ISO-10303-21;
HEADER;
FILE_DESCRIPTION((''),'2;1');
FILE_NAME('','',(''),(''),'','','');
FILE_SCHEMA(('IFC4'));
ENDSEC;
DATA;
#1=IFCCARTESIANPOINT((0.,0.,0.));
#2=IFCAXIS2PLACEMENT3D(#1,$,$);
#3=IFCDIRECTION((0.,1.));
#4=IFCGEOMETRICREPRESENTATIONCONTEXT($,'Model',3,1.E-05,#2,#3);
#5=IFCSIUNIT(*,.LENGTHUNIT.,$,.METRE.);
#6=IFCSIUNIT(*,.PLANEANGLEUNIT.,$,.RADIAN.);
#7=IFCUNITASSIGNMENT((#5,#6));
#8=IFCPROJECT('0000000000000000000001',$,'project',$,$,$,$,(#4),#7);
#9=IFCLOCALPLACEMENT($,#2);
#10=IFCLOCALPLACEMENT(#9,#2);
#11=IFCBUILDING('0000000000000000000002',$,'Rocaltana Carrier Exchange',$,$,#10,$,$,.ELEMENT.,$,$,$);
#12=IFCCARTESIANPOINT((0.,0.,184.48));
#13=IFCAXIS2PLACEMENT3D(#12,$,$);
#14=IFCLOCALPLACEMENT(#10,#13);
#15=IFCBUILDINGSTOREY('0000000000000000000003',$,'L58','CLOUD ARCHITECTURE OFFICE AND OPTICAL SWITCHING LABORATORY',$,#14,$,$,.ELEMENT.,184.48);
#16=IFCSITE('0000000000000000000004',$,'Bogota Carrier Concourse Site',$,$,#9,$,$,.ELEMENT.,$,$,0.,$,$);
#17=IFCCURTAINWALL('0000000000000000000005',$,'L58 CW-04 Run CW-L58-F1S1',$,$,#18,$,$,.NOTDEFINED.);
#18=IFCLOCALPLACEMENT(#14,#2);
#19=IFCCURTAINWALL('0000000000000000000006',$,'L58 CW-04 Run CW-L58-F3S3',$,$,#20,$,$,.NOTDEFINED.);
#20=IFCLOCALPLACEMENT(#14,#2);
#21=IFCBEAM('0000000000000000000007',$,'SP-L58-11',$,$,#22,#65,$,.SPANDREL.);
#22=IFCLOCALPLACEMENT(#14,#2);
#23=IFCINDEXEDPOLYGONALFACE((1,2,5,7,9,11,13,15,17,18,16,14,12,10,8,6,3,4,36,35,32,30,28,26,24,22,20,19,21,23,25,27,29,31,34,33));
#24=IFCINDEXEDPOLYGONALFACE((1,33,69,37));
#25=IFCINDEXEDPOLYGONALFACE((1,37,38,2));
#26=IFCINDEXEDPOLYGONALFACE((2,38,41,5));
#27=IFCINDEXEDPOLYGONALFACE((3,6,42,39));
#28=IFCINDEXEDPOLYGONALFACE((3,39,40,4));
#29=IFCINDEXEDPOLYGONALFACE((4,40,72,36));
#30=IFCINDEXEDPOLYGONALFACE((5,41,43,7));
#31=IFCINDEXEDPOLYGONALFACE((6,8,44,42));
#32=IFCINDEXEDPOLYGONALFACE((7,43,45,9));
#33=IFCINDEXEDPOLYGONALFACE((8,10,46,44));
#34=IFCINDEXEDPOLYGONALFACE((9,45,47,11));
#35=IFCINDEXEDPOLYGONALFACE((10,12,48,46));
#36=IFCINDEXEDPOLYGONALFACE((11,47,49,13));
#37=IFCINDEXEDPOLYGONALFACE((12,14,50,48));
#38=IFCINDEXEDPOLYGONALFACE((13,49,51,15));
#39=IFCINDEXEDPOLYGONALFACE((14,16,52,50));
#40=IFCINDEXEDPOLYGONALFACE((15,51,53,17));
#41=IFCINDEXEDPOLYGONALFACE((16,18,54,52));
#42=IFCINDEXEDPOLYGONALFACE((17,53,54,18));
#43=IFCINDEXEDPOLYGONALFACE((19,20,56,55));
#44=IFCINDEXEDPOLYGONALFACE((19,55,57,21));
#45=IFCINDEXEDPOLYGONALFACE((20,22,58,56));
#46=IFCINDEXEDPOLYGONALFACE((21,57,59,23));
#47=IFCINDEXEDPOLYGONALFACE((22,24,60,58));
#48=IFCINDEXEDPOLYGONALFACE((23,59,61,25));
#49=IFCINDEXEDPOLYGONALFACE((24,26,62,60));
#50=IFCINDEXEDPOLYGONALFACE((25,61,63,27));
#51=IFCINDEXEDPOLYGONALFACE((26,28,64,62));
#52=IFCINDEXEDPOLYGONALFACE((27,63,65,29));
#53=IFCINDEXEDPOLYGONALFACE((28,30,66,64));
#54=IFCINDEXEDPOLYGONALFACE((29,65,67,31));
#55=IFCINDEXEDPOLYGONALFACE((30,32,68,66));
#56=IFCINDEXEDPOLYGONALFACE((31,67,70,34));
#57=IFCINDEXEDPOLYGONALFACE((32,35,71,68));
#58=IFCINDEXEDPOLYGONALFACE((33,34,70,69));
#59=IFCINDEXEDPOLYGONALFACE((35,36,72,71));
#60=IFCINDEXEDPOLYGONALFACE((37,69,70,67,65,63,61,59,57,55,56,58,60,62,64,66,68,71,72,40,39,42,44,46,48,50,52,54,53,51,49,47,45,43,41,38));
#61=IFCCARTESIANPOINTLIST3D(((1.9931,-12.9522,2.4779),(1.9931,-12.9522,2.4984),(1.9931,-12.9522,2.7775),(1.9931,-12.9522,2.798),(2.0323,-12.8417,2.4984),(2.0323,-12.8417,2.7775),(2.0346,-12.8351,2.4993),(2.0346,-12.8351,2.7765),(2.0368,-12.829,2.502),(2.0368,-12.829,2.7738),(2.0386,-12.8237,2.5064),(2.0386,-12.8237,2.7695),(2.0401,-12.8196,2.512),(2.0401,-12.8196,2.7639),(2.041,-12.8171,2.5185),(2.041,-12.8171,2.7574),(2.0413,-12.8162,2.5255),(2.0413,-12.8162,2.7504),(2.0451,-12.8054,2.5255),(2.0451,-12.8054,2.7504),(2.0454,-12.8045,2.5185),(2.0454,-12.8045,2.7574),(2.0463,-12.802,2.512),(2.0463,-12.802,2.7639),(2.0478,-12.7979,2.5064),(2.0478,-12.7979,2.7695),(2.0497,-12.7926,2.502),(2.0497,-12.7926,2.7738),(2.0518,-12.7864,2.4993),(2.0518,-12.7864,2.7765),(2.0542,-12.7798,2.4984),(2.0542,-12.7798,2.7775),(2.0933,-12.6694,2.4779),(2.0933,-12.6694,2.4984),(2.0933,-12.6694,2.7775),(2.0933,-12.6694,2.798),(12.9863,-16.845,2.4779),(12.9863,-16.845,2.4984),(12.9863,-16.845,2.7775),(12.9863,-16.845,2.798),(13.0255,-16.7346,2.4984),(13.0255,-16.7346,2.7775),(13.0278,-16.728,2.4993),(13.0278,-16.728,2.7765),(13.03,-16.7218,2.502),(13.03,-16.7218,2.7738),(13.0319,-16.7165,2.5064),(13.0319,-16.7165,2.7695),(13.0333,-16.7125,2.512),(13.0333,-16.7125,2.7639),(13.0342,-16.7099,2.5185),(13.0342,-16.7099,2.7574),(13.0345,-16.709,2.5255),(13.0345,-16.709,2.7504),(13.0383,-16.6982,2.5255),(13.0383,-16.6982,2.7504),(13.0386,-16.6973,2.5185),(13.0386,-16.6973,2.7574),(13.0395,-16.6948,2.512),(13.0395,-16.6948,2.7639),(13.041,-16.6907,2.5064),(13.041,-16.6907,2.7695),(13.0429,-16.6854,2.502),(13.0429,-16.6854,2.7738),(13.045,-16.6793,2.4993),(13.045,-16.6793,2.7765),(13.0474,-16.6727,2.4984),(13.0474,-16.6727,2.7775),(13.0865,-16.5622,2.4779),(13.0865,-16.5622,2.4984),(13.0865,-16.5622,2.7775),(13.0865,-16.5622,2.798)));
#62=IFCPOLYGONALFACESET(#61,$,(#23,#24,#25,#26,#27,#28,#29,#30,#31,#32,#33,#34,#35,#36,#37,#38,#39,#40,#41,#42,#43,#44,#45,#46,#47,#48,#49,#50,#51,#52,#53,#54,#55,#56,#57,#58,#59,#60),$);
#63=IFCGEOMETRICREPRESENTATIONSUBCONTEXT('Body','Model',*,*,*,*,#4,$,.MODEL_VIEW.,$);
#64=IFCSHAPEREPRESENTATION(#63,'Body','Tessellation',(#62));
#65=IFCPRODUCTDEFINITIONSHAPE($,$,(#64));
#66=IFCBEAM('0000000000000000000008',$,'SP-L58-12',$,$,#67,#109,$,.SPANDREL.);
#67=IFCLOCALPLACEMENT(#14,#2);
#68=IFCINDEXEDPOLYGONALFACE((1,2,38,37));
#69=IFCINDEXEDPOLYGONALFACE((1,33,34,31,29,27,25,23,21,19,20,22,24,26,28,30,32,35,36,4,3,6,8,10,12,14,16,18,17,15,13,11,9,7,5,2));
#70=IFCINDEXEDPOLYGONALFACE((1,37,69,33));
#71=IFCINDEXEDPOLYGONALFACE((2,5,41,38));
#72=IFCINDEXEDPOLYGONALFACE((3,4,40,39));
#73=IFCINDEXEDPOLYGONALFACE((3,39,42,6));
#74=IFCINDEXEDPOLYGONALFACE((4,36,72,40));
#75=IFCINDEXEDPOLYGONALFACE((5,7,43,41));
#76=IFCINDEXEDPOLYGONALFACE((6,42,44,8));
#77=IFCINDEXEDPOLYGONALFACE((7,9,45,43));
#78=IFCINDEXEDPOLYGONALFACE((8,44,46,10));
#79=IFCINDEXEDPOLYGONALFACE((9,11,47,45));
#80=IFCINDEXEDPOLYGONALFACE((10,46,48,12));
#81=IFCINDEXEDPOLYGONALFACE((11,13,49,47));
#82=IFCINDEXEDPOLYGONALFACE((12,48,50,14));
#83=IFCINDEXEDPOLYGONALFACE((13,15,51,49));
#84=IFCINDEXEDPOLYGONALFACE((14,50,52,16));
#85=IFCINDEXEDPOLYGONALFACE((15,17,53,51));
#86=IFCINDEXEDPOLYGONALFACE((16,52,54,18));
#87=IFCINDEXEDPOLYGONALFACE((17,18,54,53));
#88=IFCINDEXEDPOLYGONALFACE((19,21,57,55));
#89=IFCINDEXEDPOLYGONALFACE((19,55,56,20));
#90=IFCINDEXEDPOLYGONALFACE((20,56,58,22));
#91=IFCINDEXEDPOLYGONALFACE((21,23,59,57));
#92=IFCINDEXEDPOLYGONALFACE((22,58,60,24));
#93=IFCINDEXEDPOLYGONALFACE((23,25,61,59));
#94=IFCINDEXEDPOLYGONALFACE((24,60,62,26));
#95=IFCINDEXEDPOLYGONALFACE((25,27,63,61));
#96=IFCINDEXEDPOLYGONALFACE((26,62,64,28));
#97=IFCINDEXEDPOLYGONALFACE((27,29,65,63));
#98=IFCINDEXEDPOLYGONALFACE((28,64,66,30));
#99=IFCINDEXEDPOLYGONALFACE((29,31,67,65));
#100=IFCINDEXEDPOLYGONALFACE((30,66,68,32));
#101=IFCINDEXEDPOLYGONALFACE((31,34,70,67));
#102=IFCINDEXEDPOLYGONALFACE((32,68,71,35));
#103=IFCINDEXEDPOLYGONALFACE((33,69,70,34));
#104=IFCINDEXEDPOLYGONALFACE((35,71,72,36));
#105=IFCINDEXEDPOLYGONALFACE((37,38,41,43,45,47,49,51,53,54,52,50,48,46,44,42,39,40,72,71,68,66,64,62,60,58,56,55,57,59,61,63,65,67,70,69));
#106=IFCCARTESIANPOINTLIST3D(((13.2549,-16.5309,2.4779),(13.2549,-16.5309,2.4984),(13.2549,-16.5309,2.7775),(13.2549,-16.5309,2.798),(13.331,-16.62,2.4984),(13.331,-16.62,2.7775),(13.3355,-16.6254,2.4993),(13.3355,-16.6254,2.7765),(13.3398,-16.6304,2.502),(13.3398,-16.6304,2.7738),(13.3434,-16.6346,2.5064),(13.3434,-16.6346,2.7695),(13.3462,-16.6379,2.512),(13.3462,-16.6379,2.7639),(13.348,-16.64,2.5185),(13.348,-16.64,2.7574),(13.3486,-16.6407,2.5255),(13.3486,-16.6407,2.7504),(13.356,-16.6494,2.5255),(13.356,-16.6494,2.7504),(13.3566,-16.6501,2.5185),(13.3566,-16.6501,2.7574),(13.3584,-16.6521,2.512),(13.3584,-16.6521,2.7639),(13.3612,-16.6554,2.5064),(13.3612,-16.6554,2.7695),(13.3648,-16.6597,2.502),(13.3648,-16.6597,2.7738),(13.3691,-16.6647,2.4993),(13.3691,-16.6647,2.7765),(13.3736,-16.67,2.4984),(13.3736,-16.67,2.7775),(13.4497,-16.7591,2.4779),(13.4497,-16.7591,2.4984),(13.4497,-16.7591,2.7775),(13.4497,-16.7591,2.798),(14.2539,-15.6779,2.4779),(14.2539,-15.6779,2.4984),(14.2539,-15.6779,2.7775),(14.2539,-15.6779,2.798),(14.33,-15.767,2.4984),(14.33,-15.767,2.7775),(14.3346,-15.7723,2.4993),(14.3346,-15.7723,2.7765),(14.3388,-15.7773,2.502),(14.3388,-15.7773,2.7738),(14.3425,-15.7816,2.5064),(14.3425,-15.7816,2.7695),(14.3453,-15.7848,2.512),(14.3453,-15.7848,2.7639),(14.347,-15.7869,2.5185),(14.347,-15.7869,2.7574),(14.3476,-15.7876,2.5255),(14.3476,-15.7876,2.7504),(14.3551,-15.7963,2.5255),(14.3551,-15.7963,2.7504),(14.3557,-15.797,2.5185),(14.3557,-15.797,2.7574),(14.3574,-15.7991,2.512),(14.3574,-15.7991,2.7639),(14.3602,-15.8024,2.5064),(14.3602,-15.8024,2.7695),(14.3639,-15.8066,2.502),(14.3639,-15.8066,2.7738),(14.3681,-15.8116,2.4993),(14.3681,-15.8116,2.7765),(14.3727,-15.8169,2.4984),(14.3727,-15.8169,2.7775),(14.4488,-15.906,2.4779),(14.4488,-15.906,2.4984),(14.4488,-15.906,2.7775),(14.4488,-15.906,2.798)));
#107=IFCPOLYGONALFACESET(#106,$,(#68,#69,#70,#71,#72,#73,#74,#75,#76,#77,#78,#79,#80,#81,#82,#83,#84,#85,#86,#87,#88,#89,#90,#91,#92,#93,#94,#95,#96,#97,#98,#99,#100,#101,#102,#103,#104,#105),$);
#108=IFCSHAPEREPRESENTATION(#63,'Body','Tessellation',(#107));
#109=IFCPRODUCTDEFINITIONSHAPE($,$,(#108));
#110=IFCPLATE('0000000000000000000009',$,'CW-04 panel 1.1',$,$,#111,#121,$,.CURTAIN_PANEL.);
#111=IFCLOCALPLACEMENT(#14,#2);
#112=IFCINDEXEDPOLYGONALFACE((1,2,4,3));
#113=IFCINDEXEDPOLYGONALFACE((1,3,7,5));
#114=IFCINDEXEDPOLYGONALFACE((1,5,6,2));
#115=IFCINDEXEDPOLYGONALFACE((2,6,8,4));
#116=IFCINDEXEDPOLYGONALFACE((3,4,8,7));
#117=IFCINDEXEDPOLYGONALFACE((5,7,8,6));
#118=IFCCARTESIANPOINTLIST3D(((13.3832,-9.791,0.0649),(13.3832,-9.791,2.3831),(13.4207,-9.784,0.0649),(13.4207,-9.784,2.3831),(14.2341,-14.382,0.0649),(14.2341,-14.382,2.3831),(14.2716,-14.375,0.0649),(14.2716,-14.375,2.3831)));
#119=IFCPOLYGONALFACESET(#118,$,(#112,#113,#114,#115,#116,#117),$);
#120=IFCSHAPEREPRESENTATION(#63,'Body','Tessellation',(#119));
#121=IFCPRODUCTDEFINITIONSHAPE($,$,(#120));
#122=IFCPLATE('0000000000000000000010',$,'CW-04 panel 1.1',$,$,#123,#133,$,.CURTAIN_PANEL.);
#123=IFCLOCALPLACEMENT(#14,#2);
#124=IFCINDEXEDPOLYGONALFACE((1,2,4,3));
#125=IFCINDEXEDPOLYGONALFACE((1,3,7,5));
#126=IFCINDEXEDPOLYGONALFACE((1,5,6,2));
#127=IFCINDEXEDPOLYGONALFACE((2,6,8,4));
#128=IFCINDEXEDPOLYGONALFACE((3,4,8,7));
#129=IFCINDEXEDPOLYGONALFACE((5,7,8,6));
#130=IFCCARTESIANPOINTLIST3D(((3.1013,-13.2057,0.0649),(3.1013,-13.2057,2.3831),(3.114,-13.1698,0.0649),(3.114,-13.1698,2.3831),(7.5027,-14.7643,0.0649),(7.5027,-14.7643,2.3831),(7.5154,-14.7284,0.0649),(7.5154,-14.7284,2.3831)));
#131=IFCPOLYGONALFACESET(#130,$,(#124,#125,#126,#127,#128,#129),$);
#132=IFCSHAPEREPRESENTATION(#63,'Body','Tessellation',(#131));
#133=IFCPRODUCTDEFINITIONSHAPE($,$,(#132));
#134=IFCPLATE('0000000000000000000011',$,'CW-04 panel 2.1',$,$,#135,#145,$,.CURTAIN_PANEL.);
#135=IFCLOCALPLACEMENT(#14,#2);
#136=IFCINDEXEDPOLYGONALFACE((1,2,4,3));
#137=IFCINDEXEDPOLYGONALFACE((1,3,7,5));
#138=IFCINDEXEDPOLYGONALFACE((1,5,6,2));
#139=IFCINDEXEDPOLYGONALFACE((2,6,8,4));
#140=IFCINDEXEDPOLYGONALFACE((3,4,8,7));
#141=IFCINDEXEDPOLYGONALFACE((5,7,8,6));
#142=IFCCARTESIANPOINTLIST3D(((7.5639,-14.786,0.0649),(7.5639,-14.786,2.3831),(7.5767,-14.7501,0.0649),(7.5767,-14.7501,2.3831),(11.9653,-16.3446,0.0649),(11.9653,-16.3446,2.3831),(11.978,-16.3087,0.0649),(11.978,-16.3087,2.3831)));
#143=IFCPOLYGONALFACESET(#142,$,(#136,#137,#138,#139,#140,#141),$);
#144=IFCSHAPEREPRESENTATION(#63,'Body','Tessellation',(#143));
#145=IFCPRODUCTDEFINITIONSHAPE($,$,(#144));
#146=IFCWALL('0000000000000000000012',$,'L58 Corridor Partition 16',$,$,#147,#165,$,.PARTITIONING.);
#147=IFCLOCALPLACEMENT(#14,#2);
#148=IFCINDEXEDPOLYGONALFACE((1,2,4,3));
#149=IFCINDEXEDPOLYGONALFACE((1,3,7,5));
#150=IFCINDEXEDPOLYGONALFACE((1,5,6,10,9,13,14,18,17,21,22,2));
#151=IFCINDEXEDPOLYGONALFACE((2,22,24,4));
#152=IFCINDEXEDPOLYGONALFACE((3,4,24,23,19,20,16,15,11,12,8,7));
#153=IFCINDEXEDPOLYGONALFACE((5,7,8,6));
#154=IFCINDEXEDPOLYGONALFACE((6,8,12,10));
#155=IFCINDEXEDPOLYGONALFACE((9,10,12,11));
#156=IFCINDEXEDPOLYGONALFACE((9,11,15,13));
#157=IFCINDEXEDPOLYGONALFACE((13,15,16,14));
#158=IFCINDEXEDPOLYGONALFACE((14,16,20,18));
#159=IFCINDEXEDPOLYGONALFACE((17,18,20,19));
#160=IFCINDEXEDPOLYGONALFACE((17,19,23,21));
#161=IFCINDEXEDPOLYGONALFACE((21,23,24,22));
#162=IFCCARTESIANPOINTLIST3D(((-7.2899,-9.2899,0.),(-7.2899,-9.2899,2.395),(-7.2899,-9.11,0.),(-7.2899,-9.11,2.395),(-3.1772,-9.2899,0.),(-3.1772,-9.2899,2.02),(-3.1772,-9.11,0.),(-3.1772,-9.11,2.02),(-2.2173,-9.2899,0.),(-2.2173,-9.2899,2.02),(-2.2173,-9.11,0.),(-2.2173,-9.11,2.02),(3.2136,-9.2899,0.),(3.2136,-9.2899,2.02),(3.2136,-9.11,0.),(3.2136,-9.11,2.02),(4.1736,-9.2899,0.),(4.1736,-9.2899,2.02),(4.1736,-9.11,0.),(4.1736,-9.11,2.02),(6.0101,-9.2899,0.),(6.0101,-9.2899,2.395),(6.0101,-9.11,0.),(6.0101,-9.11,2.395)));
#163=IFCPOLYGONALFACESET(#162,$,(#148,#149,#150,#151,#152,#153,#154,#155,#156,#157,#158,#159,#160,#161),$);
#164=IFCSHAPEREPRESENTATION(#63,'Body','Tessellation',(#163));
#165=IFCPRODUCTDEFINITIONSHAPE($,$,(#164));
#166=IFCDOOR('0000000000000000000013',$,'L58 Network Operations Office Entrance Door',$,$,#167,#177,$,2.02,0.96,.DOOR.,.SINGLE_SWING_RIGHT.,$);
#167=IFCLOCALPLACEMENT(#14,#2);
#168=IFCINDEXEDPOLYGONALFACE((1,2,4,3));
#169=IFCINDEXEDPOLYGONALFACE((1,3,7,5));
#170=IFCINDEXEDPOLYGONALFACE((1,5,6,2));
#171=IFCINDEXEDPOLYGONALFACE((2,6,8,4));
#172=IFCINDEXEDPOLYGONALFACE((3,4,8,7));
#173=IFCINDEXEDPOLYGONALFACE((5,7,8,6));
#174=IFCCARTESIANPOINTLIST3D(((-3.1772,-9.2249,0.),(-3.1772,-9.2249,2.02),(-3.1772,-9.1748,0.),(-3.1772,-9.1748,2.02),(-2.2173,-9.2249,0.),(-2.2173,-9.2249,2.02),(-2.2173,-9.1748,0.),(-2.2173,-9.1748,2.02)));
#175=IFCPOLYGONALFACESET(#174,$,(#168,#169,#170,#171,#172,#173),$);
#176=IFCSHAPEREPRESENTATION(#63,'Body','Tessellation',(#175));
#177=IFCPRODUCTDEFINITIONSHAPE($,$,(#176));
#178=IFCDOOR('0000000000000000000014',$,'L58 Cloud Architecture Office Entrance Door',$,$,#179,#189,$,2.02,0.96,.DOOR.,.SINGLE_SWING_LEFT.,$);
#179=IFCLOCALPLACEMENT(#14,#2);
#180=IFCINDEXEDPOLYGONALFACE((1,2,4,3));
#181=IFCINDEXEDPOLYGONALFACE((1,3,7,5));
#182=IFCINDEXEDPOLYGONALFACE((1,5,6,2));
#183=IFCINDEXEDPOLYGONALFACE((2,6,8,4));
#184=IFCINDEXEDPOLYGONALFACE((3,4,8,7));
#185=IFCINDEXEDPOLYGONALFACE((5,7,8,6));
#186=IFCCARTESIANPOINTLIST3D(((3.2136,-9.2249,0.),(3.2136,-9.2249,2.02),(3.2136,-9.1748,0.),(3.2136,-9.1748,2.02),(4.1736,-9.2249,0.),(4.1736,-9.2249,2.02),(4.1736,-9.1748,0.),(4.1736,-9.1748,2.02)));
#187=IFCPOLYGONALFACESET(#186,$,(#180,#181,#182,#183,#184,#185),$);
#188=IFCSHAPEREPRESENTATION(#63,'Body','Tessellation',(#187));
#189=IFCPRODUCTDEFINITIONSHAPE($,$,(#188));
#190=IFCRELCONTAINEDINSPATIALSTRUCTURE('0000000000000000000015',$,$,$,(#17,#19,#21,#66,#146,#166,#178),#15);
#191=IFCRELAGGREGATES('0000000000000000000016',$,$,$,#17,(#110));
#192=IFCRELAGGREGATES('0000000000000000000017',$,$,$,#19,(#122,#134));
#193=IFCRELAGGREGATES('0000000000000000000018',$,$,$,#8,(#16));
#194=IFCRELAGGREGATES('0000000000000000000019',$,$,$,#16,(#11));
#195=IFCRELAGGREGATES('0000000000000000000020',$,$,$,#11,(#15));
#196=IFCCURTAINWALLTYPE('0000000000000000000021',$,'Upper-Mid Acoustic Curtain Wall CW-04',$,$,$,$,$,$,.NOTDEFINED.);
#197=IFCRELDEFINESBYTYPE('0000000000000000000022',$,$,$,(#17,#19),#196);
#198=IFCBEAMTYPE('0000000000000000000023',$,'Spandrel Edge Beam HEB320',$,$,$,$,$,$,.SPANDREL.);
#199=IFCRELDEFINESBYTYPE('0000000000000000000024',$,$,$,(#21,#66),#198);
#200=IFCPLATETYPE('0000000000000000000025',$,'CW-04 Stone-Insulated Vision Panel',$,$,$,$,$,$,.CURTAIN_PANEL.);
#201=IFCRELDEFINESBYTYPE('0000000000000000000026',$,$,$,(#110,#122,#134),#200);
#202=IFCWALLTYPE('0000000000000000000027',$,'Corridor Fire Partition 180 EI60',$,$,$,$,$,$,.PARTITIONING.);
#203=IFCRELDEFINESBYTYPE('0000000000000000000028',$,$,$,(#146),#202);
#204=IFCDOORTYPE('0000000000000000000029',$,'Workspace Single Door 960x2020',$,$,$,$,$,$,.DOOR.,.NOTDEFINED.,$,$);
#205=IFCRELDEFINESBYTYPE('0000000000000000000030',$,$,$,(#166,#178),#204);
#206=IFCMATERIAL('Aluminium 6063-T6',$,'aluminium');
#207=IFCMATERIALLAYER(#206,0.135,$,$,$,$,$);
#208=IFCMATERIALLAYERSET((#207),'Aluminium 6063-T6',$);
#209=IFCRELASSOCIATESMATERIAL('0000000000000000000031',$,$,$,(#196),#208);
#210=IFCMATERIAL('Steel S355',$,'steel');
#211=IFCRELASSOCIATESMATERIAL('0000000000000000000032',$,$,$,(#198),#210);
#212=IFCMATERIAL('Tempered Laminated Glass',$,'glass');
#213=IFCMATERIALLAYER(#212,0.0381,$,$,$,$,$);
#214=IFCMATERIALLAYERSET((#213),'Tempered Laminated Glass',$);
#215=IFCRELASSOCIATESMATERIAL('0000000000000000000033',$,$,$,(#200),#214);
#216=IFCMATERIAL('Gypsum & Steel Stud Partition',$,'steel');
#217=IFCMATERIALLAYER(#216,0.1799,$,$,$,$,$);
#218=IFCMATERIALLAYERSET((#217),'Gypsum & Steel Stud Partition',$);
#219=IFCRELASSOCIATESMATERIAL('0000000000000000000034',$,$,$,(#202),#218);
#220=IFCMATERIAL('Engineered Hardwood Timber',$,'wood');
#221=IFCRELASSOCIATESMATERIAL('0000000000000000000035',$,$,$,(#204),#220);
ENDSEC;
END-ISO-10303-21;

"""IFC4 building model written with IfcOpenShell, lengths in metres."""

from ifc_helpers import new_model, si_unit, direction, frame, frame_2d, origin, origin_2d, place, context, subcontext, project, spatial, rectangle, i_section, extrude, material, layer, layer_set, material_profile, profile_set, type_object, element, fill, aggregate, save


model = new_model("IFC4")

# Units and contexts
model_context = context("Model", 3, precision=1e-05, world=origin(), true_north=direction((0.0, 1.0)))
body_context = subcontext(model_context, "Body", "Model", "MODEL_VIEW")
ifc_project = project(units=[si_unit("LENGTHUNIT", "METRE"), si_unit("PLANEANGLEUNIT", "RADIAN")], contexts=[model_context])

# Site, building, storey
site_placement = place(None, origin())
site = spatial("IfcSite", under=ifc_project, at=site_placement, Name="Bogota Carrier Concourse Site", CompositionType="ELEMENT", RefElevation=0.0)
building_placement = place(site_placement, origin())
building = spatial("IfcBuilding", under=site, at=building_placement, Name="Rocaltana Carrier Exchange", CompositionType="ELEMENT")
storey_placement = place(building_placement, frame((0.0, 0.0, 184.48)))
storey = spatial("IfcBuildingStorey", under=building, at=storey_placement, Name="L58", Description="CLOUD ARCHITECTURE OFFICE AND OPTICAL SWITCHING LABORATORY", CompositionType="ELEMENT", Elevation=184.48)

# Curtain wall
ifc_material_1 = material(Name="Aluminium 6063-T6", Category="aluminium")
ifc_layer_1 = layer(ifc_material_1, 0.135)
ifc_layer_set_1 = layer_set([ifc_layer_1], Name="Aluminium 6063-T6")
curtain_wall_type = type_object("IfcCurtainWallType", Name="Upper-Mid Acoustic Curtain Wall CW-04", PredefinedType="NOTDEFINED", material=ifc_layer_set_1)
curtain_wall_1_placement = place(storey_placement, origin())
curtain_wall_1 = element("IfcCurtainWall", 1, at=curtain_wall_1_placement, inside=storey, type_object=curtain_wall_type, Name="L58 CW-04 Run CW-L58-F1S1", PredefinedType="NOTDEFINED")

# Curtain wall
curtain_wall_2_placement = place(storey_placement, origin())
curtain_wall_2 = element("IfcCurtainWall", 2, at=curtain_wall_2_placement, inside=storey, type_object=curtain_wall_type, Name="L58 CW-04 Run CW-L58-F3S3", PredefinedType="NOTDEFINED")

# Beams
ifc_material_2 = material(Name="Steel S355", Category="steel")
ifc_material_profile_1 = material_profile(ifc_material_2, i_section(OverallWidth=0.3, OverallDepth=0.3201, WebThickness=0.0115, FlangeThickness=0.0205, FilletRadius=0.0271, at=origin_2d()), Name="HEB320")
ifc_profile_set_1 = profile_set([ifc_material_profile_1], Name="Steel S355")
beam_type_1 = type_object("IfcBeamType", Name="Spandrel Edge Beam HEB320", PredefinedType="SPANDREL", material=ifc_profile_set_1)
beam_1_placement = place(storey_placement, frame((2.0432, -12.8108, 2.6379), z_axis=(0.942643, -0.333802, 0.0), x_axis=(0.333802, 0.942643, 0.0)))
element("IfcBeam", 3, at=beam_1_placement, inside=storey, type_object=beam_type_1, Name="SP-L58-11", PredefinedType="SPANDREL", context=body_context, shape_type="SweptSolid", body=[
    extrude(i_section(OverallWidth=0.3, OverallDepth=0.3201, WebThickness=0.0115, FlangeThickness=0.0205, FilletRadius=0.0271, at=origin_2d()), origin(), (0.0, 0.0, 1.0), 11.6621),
])
beam_2_placement = place(storey_placement, frame((13.3523, -16.645, 2.6379), z_axis=(0.760488, 0.649352, 0.0), x_axis=(-0.649352, 0.760488, 0.0)))
element("IfcBeam", 4, at=beam_2_placement, inside=storey, type_object=beam_type_1, Name="SP-L58-12", PredefinedType="SPANDREL", context=body_context, shape_type="SweptSolid", body=[
    extrude(i_section(OverallWidth=0.3, OverallDepth=0.3201, WebThickness=0.0115, FlangeThickness=0.0205, FilletRadius=0.0271, at=origin_2d()), origin(), (0.0, 0.0, 1.0), 1.3137),
])

# Plates
ifc_material_3 = material(Name="Tempered Laminated Glass", Category="glass")
ifc_layer_2 = layer(ifc_material_3, 0.0381)
ifc_layer_set_2 = layer_set([ifc_layer_2], Name="Tempered Laminated Glass")
plate_type = type_object("IfcPlateType", Name="CW-04 Stone-Insulated Vision Panel", PredefinedType="CURTAIN_PANEL", material=ifc_layer_set_2)
plate_1_placement = place(storey_placement, frame((13.8274, -12.083, 0.0649), z_axis=(0.0, 0.0, 1.0), x_axis=(-0.182234, 0.983255, 0.0)))
plate_1 = element("IfcPlate", 5, at=plate_1_placement, type_object=plate_type, Name="CW-04 panel 1.1", PredefinedType="CURTAIN_PANEL", context=body_context, shape_type="SweptSolid", body=[
    extrude(rectangle(XDim=4.6692, YDim=0.0381, at=origin_2d()), origin(), (0.0, 0.0, 1.0), 2.3181),
])
aggregate(curtain_wall_1, [plate_1])
plate_2_placement = place(storey_placement, frame((5.3083, -13.967, 0.0649), z_axis=(0.0, 0.0, 1.0), x_axis=(0.942644, -0.333799, 0.0)))
plate_2 = element("IfcPlate", 6, at=plate_2_placement, type_object=plate_type, Name="CW-04 panel 1.1", PredefinedType="CURTAIN_PANEL", context=body_context, shape_type="SweptSolid", body=[
    extrude(rectangle(XDim=4.6692, YDim=0.0381, at=origin_2d()), origin(), (0.0, 0.0, 1.0), 2.3181),
])
plate_3_placement = place(storey_placement, frame((9.771, -15.5474, 0.0649), z_axis=(0.0, 0.0, 1.0), x_axis=(0.942644, -0.333799, 0.0)))
plate_3 = element("IfcPlate", 7, at=plate_3_placement, type_object=plate_type, Name="CW-04 panel 2.1", PredefinedType="CURTAIN_PANEL", context=body_context, shape_type="SweptSolid", body=[
    extrude(rectangle(XDim=4.6692, YDim=0.0381, at=origin_2d()), origin(), (0.0, 0.0, 1.0), 2.3181),
])
aggregate(curtain_wall_2, [plate_2, plate_3])

# Wall, openings, doors
ifc_material_4 = material(Name="Gypsum & Steel Stud Partition", Category="steel")
ifc_layer_3 = layer(ifc_material_4, 0.1799)
ifc_layer_set_3 = layer_set([ifc_layer_3], Name="Gypsum & Steel Stud Partition")
wall_type_1 = type_object("IfcWallType", Name="Corridor Fire Partition 180 EI60", PredefinedType="PARTITIONING", material=ifc_layer_set_3)
wall_1_placement = place(storey_placement, frame((6.01, -9.2, 0.0), z_axis=(0.0, 0.0, 1.0), x_axis=(-1.0, 0.0, 0.0)))
wall_1 = element("IfcWall", 8, at=wall_1_placement, inside=storey, type_object=wall_type_1, Name="L58 Corridor Partition 16", PredefinedType="PARTITIONING", context=body_context, shape_type="SweptSolid", body=[
    extrude(rectangle(XDim=13.3, YDim=0.1799, at=frame_2d((6.6499, 0.0))), origin(), (0.0, 0.0, 1.0), 2.395),
])
opening_1_placement = place(wall_1_placement, frame((8.2273, 0.0, 0.0)))
opening_1 = element("IfcOpeningElement", 9, at=opening_1_placement, cuts=wall_1, PredefinedType="OPENING", context=body_context, shape_type="SweptSolid", body=[
    extrude(rectangle(XDim=0.96, YDim=2.02, at=frame_2d((0.48, 1.01))), frame((0.0, 0.0999, 0.0), z_axis=(0.0, -1.0, 0.0), x_axis=(1.0, 0.0, 0.0)), (0.0, 0.0, 1.0), 0.2),
])
opening_2_placement = place(wall_1_placement, frame((1.8364, 0.0, 0.0)))
opening_2 = element("IfcOpeningElement", 10, at=opening_2_placement, cuts=wall_1, PredefinedType="OPENING", context=body_context, shape_type="SweptSolid", body=[
    extrude(rectangle(XDim=0.96, YDim=2.02, at=frame_2d((0.48, 1.01))), frame((0.0, 0.0999, 0.0), z_axis=(0.0, -1.0, 0.0), x_axis=(1.0, 0.0, 0.0)), (0.0, 0.0, 1.0), 0.2),
])
ifc_material_5 = material(Name="Engineered Hardwood Timber", Category="wood")
door_type = type_object("IfcDoorType", Name="Workspace Single Door 960x2020", OperationType="NOTDEFINED", PredefinedType="DOOR", material=ifc_material_5)
door_1_placement = place(opening_1_placement, origin())
door_1 = element("IfcDoor", 11, at=door_1_placement, inside=storey, type_object=door_type, Name="L58 Network Operations Office Entrance Door", OperationType="SINGLE_SWING_RIGHT", OverallHeight=2.02, OverallWidth=0.96, PredefinedType="DOOR", context=body_context, shape_type="SweptSolid", body=[
    extrude(rectangle(XDim=0.96, YDim=2.02, at=frame_2d((0.48, 1.01))), frame((0.0, 0.0249, 0.0), z_axis=(0.0, -1.0, 0.0), x_axis=(1.0, 0.0, 0.0)), (0.0, 0.0, 1.0), 0.05),
])
fill(opening_1, door_1)
door_2_placement = place(opening_2_placement, origin())
door_2 = element("IfcDoor", 12, at=door_2_placement, inside=storey, type_object=door_type, Name="L58 Cloud Architecture Office Entrance Door", OperationType="SINGLE_SWING_LEFT", OverallHeight=2.02, OverallWidth=0.96, PredefinedType="DOOR", context=body_context, shape_type="SweptSolid", body=[
    extrude(rectangle(XDim=0.96, YDim=2.02, at=frame_2d((0.48, 1.01))), frame((0.0, 0.0249, 0.0), z_axis=(0.0, -1.0, 0.0), x_axis=(1.0, 0.0, 0.0)), (0.0, 0.0, 1.0), 0.05),
])
fill(opening_2, door_2)

save(model, "model.ifc")
